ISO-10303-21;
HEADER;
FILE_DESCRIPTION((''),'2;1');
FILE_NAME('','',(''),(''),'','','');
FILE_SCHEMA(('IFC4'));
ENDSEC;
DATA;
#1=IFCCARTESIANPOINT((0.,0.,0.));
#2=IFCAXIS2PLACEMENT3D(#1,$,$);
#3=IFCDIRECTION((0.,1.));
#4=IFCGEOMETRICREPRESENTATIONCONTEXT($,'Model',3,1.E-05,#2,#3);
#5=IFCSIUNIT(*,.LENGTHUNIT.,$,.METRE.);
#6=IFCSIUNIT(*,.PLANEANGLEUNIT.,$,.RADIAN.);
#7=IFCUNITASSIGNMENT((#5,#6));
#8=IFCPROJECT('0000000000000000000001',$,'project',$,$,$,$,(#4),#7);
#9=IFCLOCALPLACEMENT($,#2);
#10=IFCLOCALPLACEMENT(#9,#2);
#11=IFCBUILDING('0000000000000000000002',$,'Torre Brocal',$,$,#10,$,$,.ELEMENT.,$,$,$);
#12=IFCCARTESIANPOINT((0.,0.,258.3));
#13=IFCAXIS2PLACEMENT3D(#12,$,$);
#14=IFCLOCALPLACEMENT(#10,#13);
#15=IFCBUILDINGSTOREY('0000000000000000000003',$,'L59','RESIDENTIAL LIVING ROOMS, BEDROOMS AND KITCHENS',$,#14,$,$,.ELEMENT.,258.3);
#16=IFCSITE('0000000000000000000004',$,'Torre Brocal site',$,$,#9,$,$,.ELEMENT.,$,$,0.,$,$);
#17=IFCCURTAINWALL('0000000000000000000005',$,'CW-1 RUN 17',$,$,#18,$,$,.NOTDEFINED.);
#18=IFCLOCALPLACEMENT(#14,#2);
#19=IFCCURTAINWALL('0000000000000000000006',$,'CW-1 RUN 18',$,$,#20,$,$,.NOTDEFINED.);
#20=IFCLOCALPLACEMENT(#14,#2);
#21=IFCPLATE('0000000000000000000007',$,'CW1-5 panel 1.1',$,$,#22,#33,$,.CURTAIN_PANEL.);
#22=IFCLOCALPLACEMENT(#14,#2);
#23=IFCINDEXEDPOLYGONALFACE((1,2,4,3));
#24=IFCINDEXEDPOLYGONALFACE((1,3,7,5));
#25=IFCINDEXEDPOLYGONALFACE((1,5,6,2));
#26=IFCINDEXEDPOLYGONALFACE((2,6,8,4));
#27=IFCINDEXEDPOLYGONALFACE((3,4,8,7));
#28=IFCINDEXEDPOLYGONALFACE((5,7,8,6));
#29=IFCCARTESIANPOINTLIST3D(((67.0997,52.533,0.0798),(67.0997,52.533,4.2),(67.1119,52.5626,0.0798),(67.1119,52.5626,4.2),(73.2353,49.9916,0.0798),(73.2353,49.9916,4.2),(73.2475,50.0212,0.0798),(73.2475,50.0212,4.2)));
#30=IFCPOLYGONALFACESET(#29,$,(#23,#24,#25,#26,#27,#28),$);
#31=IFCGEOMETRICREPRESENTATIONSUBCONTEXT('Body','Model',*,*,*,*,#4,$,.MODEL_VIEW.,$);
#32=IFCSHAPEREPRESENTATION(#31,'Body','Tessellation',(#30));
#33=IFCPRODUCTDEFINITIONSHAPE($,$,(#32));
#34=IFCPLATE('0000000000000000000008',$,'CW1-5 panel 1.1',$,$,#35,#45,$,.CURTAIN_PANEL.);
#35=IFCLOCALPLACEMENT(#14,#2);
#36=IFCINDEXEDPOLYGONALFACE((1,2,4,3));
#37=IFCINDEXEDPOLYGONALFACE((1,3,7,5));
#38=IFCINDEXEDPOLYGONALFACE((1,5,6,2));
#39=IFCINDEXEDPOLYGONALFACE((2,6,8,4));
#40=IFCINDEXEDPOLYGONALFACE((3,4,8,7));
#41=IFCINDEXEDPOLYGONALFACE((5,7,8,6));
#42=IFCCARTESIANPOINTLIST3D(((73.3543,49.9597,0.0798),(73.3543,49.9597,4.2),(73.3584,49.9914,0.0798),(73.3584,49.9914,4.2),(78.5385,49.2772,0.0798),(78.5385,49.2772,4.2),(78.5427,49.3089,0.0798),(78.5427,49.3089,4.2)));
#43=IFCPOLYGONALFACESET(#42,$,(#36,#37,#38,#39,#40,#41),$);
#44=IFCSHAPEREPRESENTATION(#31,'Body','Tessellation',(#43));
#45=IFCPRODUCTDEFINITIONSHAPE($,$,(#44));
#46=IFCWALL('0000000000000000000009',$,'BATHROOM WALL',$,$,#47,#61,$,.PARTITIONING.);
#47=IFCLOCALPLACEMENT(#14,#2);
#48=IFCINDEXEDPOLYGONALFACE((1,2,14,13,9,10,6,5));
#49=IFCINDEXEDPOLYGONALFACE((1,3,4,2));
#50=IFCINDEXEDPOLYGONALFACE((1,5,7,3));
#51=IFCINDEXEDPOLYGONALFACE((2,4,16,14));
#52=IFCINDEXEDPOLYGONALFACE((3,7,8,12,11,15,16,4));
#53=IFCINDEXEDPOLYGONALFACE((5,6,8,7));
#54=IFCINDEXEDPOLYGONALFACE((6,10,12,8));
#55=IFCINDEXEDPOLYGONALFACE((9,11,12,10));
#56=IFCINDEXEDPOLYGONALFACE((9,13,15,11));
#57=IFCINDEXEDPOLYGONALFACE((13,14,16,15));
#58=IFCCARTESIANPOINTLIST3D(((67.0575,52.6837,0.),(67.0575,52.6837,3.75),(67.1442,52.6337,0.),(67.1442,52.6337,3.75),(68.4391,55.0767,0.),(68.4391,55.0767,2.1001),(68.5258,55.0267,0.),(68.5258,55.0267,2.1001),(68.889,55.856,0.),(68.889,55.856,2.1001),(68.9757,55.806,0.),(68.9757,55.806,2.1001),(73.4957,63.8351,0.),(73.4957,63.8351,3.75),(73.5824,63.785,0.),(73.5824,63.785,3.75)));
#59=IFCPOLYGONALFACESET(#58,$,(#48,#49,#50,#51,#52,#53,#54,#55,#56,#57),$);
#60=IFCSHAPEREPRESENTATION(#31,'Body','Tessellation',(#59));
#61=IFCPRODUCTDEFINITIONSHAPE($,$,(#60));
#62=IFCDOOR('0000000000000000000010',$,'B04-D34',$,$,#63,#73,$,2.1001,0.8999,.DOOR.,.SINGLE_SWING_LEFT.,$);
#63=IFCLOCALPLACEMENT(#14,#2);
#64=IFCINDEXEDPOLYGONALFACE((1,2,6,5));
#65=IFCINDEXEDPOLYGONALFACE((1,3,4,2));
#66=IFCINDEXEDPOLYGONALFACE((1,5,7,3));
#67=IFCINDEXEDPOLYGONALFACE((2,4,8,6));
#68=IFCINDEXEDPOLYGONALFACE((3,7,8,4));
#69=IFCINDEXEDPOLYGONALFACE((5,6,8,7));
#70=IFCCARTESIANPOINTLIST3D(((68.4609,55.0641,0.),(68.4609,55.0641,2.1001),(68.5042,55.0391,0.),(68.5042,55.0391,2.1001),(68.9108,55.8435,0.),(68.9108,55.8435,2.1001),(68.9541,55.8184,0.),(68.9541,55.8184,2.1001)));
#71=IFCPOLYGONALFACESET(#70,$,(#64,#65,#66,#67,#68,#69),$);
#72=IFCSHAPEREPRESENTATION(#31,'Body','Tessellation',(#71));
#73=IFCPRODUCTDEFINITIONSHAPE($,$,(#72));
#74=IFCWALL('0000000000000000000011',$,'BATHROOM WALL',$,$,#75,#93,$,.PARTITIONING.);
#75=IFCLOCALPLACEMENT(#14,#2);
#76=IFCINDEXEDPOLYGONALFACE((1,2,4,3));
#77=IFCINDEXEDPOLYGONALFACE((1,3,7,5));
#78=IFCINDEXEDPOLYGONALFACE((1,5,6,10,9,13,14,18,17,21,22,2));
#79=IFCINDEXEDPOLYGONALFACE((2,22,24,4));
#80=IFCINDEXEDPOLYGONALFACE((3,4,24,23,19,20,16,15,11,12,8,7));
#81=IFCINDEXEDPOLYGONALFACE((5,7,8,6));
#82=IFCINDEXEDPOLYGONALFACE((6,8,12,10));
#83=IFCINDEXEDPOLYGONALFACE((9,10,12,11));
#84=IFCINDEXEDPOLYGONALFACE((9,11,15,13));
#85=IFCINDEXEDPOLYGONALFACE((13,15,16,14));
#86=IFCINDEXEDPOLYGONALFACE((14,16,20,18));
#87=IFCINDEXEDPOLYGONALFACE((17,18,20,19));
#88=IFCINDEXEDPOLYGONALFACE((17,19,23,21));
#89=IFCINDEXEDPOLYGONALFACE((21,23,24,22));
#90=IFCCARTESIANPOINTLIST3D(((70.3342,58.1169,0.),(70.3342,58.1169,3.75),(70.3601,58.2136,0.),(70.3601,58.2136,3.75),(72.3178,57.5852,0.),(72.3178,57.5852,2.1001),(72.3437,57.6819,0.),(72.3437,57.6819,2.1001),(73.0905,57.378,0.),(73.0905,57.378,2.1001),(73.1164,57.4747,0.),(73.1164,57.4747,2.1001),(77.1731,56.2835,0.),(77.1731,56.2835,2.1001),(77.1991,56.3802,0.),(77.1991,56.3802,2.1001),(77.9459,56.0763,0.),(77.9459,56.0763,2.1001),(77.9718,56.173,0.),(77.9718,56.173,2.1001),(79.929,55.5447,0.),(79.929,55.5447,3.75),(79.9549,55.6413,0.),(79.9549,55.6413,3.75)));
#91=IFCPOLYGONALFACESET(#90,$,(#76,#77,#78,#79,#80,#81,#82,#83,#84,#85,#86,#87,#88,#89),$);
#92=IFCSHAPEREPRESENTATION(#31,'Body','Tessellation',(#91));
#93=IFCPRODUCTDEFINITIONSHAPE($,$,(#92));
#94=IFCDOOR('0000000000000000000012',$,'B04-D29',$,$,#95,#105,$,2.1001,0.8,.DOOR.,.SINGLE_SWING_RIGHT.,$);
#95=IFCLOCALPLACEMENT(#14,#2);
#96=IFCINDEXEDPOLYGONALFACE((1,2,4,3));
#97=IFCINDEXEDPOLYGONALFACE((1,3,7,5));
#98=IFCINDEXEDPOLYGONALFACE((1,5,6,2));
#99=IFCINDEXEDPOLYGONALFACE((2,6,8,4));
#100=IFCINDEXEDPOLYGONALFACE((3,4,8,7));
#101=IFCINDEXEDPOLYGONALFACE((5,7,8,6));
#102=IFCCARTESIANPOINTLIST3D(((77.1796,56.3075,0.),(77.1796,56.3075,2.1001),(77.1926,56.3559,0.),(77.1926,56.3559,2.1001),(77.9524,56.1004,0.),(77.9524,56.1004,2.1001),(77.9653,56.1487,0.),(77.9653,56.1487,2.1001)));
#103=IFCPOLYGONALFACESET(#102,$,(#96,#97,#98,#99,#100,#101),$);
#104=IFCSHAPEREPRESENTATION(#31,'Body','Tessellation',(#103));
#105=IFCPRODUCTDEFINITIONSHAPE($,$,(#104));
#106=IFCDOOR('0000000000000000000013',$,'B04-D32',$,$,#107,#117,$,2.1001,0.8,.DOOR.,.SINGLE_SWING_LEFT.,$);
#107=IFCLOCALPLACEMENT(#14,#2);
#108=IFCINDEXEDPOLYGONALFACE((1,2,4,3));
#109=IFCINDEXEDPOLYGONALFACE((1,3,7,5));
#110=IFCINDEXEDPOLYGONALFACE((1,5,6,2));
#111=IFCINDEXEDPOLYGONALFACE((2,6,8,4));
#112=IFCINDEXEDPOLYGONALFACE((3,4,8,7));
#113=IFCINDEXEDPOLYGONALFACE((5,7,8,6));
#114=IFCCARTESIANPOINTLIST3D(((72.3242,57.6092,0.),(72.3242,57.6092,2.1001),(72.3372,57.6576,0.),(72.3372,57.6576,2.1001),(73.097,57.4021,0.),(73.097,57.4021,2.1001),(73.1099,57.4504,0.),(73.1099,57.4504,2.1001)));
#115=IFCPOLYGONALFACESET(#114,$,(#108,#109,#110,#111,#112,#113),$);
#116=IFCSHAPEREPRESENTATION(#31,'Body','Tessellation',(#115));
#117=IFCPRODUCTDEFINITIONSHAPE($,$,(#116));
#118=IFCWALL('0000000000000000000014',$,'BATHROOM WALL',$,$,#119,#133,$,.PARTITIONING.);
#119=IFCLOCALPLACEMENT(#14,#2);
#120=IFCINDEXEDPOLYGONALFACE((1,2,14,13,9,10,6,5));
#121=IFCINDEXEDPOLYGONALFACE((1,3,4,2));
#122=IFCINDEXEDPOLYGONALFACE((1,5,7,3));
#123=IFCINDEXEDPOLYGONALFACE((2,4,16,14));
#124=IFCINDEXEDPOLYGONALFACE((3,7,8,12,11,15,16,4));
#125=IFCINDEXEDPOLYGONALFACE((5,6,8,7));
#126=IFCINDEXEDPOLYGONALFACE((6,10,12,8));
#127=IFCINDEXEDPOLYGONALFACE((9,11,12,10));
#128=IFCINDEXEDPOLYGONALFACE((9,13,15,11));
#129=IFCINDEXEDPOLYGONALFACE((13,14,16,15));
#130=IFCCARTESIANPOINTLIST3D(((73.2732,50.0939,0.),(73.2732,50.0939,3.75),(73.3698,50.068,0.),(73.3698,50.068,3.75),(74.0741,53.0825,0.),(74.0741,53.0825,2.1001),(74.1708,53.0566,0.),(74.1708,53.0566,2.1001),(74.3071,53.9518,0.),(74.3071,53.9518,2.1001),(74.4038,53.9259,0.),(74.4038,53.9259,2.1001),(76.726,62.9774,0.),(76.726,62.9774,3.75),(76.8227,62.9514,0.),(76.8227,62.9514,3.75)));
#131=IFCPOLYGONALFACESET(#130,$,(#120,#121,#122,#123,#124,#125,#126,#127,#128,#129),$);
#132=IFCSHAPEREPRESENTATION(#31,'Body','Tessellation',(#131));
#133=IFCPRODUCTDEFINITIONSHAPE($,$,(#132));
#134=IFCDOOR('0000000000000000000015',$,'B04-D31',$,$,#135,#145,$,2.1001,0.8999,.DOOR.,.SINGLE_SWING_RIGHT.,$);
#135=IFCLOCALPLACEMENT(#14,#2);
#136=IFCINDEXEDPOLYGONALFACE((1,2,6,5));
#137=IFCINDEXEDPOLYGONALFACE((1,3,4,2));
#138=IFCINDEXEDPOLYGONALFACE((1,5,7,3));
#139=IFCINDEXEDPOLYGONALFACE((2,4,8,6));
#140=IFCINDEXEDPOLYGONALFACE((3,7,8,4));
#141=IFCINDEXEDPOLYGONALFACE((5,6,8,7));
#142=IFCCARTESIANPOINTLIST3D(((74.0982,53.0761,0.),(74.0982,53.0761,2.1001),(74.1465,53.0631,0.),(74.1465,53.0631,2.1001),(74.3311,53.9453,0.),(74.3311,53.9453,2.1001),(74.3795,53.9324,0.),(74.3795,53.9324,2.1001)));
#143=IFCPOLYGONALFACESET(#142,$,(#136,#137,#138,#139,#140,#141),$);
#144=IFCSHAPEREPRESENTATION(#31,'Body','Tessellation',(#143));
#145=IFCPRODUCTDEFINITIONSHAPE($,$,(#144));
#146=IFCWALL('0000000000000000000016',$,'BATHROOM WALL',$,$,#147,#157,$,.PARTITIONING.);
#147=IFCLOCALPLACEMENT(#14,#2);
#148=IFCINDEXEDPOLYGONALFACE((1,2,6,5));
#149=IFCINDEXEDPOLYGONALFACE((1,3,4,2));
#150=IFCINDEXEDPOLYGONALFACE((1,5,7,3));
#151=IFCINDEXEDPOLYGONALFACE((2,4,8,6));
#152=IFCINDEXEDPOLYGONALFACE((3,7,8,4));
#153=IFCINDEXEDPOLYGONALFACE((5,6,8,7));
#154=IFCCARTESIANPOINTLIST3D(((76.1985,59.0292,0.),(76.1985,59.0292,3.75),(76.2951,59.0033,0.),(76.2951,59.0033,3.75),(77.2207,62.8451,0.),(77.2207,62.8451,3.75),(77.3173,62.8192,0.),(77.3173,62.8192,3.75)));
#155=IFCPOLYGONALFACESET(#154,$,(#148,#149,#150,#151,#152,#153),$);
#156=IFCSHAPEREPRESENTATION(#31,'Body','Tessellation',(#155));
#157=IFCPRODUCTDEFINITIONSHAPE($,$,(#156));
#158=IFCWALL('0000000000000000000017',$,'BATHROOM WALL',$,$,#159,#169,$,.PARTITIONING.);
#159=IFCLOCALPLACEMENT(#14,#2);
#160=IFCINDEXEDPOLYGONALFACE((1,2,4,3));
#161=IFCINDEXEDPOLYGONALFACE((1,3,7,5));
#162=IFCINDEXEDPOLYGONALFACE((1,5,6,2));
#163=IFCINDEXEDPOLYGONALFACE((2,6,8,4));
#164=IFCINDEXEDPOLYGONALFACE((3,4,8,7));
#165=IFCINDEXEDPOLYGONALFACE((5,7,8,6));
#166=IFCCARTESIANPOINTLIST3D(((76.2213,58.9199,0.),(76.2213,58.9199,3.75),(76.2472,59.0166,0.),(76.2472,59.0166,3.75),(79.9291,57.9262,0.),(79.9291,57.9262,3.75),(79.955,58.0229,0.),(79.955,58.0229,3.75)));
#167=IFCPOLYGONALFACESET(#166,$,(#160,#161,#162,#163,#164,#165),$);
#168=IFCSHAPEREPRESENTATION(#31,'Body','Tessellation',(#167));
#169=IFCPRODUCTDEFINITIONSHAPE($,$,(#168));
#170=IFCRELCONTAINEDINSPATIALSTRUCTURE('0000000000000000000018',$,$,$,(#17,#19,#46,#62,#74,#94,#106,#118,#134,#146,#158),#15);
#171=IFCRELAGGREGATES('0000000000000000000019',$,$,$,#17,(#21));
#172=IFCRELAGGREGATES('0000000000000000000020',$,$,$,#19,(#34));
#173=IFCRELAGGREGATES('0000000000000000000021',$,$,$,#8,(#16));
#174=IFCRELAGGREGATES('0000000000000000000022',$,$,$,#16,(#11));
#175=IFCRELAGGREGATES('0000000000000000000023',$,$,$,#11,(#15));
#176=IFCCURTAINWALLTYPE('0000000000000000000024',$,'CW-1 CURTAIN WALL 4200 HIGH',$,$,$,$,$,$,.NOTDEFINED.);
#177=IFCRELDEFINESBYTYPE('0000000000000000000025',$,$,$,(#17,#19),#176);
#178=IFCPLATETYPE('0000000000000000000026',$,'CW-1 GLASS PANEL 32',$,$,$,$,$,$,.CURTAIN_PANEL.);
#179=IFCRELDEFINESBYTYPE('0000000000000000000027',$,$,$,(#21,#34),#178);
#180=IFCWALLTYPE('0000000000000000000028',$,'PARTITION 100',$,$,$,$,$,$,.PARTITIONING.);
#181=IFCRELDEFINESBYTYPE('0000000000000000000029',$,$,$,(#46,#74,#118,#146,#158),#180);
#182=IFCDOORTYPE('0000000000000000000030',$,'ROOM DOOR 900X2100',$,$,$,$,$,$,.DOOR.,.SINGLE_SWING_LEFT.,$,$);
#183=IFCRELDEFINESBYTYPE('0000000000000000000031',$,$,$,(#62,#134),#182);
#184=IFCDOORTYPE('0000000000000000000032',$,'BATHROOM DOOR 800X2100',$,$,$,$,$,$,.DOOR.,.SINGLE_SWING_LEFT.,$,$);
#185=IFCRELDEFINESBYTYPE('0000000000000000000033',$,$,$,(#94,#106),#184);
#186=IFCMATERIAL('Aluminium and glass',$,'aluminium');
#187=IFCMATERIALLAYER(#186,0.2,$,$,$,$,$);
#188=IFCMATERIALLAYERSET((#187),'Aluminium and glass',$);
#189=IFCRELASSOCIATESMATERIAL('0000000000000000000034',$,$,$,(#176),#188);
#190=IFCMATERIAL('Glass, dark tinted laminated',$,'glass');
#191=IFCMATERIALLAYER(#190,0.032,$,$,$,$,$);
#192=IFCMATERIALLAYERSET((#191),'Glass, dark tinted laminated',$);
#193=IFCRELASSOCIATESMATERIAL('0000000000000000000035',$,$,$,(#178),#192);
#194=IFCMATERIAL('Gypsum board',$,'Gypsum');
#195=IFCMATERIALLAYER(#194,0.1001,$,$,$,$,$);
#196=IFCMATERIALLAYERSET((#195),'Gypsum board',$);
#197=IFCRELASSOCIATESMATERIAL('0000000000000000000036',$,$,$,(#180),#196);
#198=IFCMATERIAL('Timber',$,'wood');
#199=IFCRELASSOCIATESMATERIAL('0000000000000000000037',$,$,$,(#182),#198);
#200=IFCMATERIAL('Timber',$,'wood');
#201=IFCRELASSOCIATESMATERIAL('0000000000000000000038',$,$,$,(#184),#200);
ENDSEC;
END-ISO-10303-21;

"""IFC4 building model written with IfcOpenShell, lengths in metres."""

from ifc_helpers import new_model, si_unit, direction, frame, frame_2d, origin, origin_2d, place, context, subcontext, project, spatial, rectangle, extrude, material, layer, layer_set, type_object, element, fill, aggregate, save


model = new_model("IFC4")

# Units and contexts
model_context = context("Model", 3, precision=1e-05, world=origin(), true_north=direction((0.0, 1.0)))
body_context = subcontext(model_context, "Body", "Model", "MODEL_VIEW")
ifc_project = project(units=[si_unit("LENGTHUNIT", "METRE"), si_unit("PLANEANGLEUNIT", "RADIAN")], contexts=[model_context])

# Site, building, storey
site_placement = place(None, origin())
site = spatial("IfcSite", under=ifc_project, at=site_placement, Name="Torre Brocal site", CompositionType="ELEMENT", RefElevation=0.0)
building_placement = place(site_placement, origin())
building = spatial("IfcBuilding", under=site, at=building_placement, Name="Torre Brocal", CompositionType="ELEMENT")
storey_placement = place(building_placement, frame((0.0, 0.0, 258.3)))
storey = spatial("IfcBuildingStorey", under=building, at=storey_placement, Name="L59", Description="RESIDENTIAL LIVING ROOMS, BEDROOMS AND KITCHENS", CompositionType="ELEMENT", Elevation=258.3)

# Shared definitions
ifc_material_1 = material(Name="Aluminium and glass", Category="aluminium")
ifc_layer_1 = layer(ifc_material_1, 0.2)
ifc_layer_set_1 = layer_set([ifc_layer_1], Name="Aluminium and glass")
curtain_wall_type = type_object("IfcCurtainWallType", Name="CW-1 CURTAIN WALL 4200 HIGH", PredefinedType="NOTDEFINED", material=ifc_layer_set_1)

# Curtain walls
curtain_wall_1_placement = place(storey_placement, origin())
curtain_wall_1 = element("IfcCurtainWall", 1, at=curtain_wall_1_placement, inside=storey, type_object=curtain_wall_type, Name="CW-1 RUN 17", PredefinedType="NOTDEFINED")
curtain_wall_2_placement = place(storey_placement, origin())
curtain_wall_2 = element("IfcCurtainWall", 2, at=curtain_wall_2_placement, inside=storey, type_object=curtain_wall_type, Name="CW-1 RUN 18", PredefinedType="NOTDEFINED")

# Plates
ifc_material_2 = material(Name="Glass, dark tinted laminated", Category="glass")
ifc_layer_2 = layer(ifc_material_2, 0.032)
ifc_layer_set_2 = layer_set([ifc_layer_2], Name="Glass, dark tinted laminated")
plate_type = type_object("IfcPlateType", Name="CW-1 GLASS PANEL 32", PredefinedType="CURTAIN_PANEL", material=ifc_layer_set_2)
plate_1_placement = place(storey_placement, frame((70.1736, 51.2771, 0.0798), z_axis=(0.0, 0.0, 1.0), x_axis=(0.92388, -0.382683, 0.0)))
plate_1 = element("IfcPlate", 3, at=plate_1_placement, type_object=plate_type, Name="CW1-5 panel 1.1", PredefinedType="CURTAIN_PANEL", context=body_context, shape_type="SweptSolid", body=[
    extrude(rectangle(XDim=6.6411, YDim=0.032, at=origin_2d()), origin(), (0.0, 0.0, 1.0), 4.1201),
])
aggregate(curtain_wall_1, [plate_1])
plate_2_placement = place(storey_placement, frame((75.9485, 49.6343, 0.0798), z_axis=(0.0, 0.0, 1.0), x_axis=(0.991445, -0.130526, 0.0)))
plate_2 = element("IfcPlate", 4, at=plate_2_placement, type_object=plate_type, Name="CW1-5 panel 1.1", PredefinedType="CURTAIN_PANEL", context=body_context, shape_type="SweptSolid", body=[
    extrude(rectangle(XDim=5.229, YDim=0.032, at=origin_2d()), origin(), (0.0, 0.0, 1.0), 4.1201),
])
aggregate(curtain_wall_2, [plate_2])

# Wall, opening, door
ifc_material_3 = material(Name="Gypsum board", Category="Gypsum")
ifc_layer_3 = layer(ifc_material_3, 0.1001)
ifc_layer_set_3 = layer_set([ifc_layer_3], Name="Gypsum board")
wall_type = type_object("IfcWallType", Name="PARTITION 100", PredefinedType="PARTITIONING", material=ifc_layer_set_3)
wall_1_placement = place(storey_placement, frame((67.1008, 52.6587, 0.0), z_axis=(0.0, 0.0, 1.0), x_axis=(0.499999, 0.866026, 0.0)))
wall_1 = element("IfcWall", 5, at=wall_1_placement, inside=storey, type_object=wall_type, Name="BATHROOM WALL", PredefinedType="PARTITIONING", context=body_context, shape_type="SweptSolid", body=[
    extrude(rectangle(XDim=12.8765, YDim=0.1001, at=frame_2d((6.4382, 0.0))), origin(), (0.0, 0.0, 1.0), 3.75),
])
opening_1_placement = place(wall_1_placement, frame((2.7632, 0.0, 0.0)))
opening_1 = element("IfcOpeningElement", 6, at=opening_1_placement, cuts=wall_1, PredefinedType="OPENING", context=body_context, shape_type="SweptSolid", body=[
    extrude(rectangle(XDim=0.8999, YDim=2.1001, at=frame_2d((0.45, 1.05))), frame((0.0, 0.0601, 0.0), z_axis=(0.0, -1.0, 0.0), x_axis=(1.0, 0.0, 0.0)), (0.0, 0.0, 1.0), 0.1201),
])
ifc_material_4 = material(Name="Timber", Category="wood")
door_type_1 = type_object("IfcDoorType", Name="ROOM DOOR 900X2100", OperationType="SINGLE_SWING_LEFT", PredefinedType="DOOR", material=ifc_material_4)
door_1_placement = place(opening_1_placement, origin())
door_1 = element("IfcDoor", 7, at=door_1_placement, inside=storey, type_object=door_type_1, Name="B04-D34", OperationType="SINGLE_SWING_LEFT", OverallHeight=2.1001, OverallWidth=0.8999, PredefinedType="DOOR", context=body_context, shape_type="SweptSolid", body=[
    extrude(rectangle(XDim=0.8999, YDim=2.1001, at=frame_2d((0.45, 1.05))), frame((0.0, 0.0249, 0.0), z_axis=(0.0, -1.0, 0.0), x_axis=(1.0, 0.0, 0.0)), (0.0, 0.0, 1.0), 0.05),
])
fill(opening_1, door_1)

# Wall, openings, doors
wall_2_placement = place(storey_placement, frame((70.3472, 58.1653, 0.0), z_axis=(0.0, 0.0, 1.0), x_axis=(0.965891, -0.258947, 0.0)))
wall_2 = element("IfcWall", 8, at=wall_2_placement, inside=storey, type_object=wall_type, Name="BATHROOM WALL", PredefinedType="PARTITIONING", context=body_context, shape_type="SweptSolid", body=[
    extrude(rectangle(XDim=9.9336, YDim=0.1001, at=frame_2d((4.9668, 0.0))), origin(), (0.0, 0.0, 1.0), 3.75),
])
opening_2_placement = place(wall_2_placement, frame((7.0806, 0.0, 0.0)))
opening_2 = element("IfcOpeningElement", 9, at=opening_2_placement, cuts=wall_2, PredefinedType="OPENING", context=body_context, shape_type="SweptSolid", body=[
    extrude(rectangle(XDim=0.8, YDim=2.1001, at=frame_2d((0.3999, 1.05))), frame((0.0, 0.0601, 0.0), z_axis=(0.0, -1.0, 0.0), x_axis=(1.0, 0.0, 0.0)), (0.0, 0.0, 1.0), 0.1201),
])
opening_3_placement = place(wall_2_placement, frame((2.0537, 0.0, 0.0)))
opening_3 = element("IfcOpeningElement", 10, at=opening_3_placement, cuts=wall_2, PredefinedType="OPENING", context=body_context, shape_type="SweptSolid", body=[
    extrude(rectangle(XDim=0.8, YDim=2.1001, at=frame_2d((0.3999, 1.05))), frame((0.0, 0.0601, 0.0), z_axis=(0.0, -1.0, 0.0), x_axis=(1.0, 0.0, 0.0)), (0.0, 0.0, 1.0), 0.1201),
])
ifc_material_5 = material(Name="Timber", Category="wood")
door_type_2 = type_object("IfcDoorType", Name="BATHROOM DOOR 800X2100", OperationType="SINGLE_SWING_LEFT", PredefinedType="DOOR", material=ifc_material_5)
door_2_placement = place(opening_2_placement, origin())
door_2 = element("IfcDoor", 11, at=door_2_placement, inside=storey, type_object=door_type_2, Name="B04-D29", OperationType="SINGLE_SWING_RIGHT", OverallHeight=2.1001, OverallWidth=0.8, PredefinedType="DOOR", context=body_context, shape_type="SweptSolid", body=[
    extrude(rectangle(XDim=0.8, YDim=2.1001, at=frame_2d((0.3999, 1.05))), frame((0.0, 0.0249, 0.0), z_axis=(0.0, -1.0, 0.0), x_axis=(1.0, 0.0, 0.0)), (0.0, 0.0, 1.0), 0.05),
])
fill(opening_2, door_2)
door_3_placement = place(opening_3_placement, origin())
door_3 = element("IfcDoor", 12, at=door_3_placement, inside=storey, type_object=door_type_2, Name="B04-D32", OperationType="SINGLE_SWING_LEFT", OverallHeight=2.1001, OverallWidth=0.8, PredefinedType="DOOR", context=body_context, shape_type="SweptSolid", body=[
    extrude(rectangle(XDim=0.8, YDim=2.1001, at=frame_2d((0.3999, 1.05))), frame((0.0, 0.0249, 0.0), z_axis=(0.0, -1.0, 0.0), x_axis=(1.0, 0.0, 0.0)), (0.0, 0.0, 1.0), 0.05),
])
fill(opening_3, door_3)

# Wall, opening, door
wall_3_placement = place(storey_placement, frame((73.3215, 50.0811, 0.0), z_axis=(0.0, 0.0, 1.0), x_axis=(0.258871, 0.965912, 0.0)))
wall_3 = element("IfcWall", 13, at=wall_3_placement, inside=storey, type_object=wall_type, Name="BATHROOM WALL", PredefinedType="PARTITIONING", context=body_context, shape_type="SweptSolid", body=[
    extrude(rectangle(XDim=13.3381, YDim=0.1001, at=frame_2d((6.6689, 0.0))), origin(), (0.0, 0.0, 1.0), 3.75),
])
opening_4_placement = place(wall_3_placement, frame((3.094, 0.0, 0.0)))
opening_4 = element("IfcOpeningElement", 14, at=opening_4_placement, cuts=wall_3, PredefinedType="OPENING", context=body_context, shape_type="SweptSolid", body=[
    extrude(rectangle(XDim=0.8999, YDim=2.1001, at=frame_2d((0.45, 1.05))), frame((0.0, 0.0601, 0.0), z_axis=(0.0, -1.0, 0.0), x_axis=(1.0, 0.0, 0.0)), (0.0, 0.0, 1.0), 0.1201),
])
door_4_placement = place(opening_4_placement, frame((0.8999, 0.0, 0.0), z_axis=(0.0, 0.0, 1.0), x_axis=(-1.0, 0.0, 0.0)))
door_4 = element("IfcDoor", 15, at=door_4_placement, inside=storey, type_object=door_type_1, Name="B04-D31", OperationType="SINGLE_SWING_RIGHT", OverallHeight=2.1001, OverallWidth=0.8999, PredefinedType="DOOR", context=body_context, shape_type="SweptSolid", body=[
    extrude(rectangle(XDim=0.8999, YDim=2.1001, at=frame_2d((0.45, 1.05))), frame((0.0, 0.0249, 0.0), z_axis=(0.0, -1.0, 0.0), x_axis=(1.0, 0.0, 0.0)), (0.0, 0.0, 1.0), 0.05),
])
fill(opening_4, door_4)

# Walls
wall_4_placement = place(storey_placement, frame((76.2468, 59.0164, 0.0), z_axis=(0.0, 0.0, 1.0), x_axis=(0.258759, 0.965942, 0.0)))
element("IfcWall", 16, at=wall_4_placement, inside=storey, type_object=wall_type, Name="BATHROOM WALL", PredefinedType="PARTITIONING", context=body_context, shape_type="SweptSolid", body=[
    extrude(rectangle(XDim=3.9504, YDim=0.1001, at=frame_2d((1.9751, 0.0))), origin(), (0.0, 0.0, 1.0), 3.75),
])
wall_5_placement = place(storey_placement, frame((76.2341, 58.9683, 0.0), z_axis=(0.0, 0.0, 1.0), x_axis=(0.965915, -0.258858, 0.0)))
element("IfcWall", 17, at=wall_5_placement, inside=storey, type_object=wall_type, Name="BATHROOM WALL", PredefinedType="PARTITIONING", context=body_context, shape_type="SweptSolid", body=[
    extrude(rectangle(XDim=3.8386, YDim=0.1001, at=frame_2d((1.9194, 0.0))), origin(), (0.0, 0.0, 1.0), 3.75),
])

save(model, "model.ifc")
